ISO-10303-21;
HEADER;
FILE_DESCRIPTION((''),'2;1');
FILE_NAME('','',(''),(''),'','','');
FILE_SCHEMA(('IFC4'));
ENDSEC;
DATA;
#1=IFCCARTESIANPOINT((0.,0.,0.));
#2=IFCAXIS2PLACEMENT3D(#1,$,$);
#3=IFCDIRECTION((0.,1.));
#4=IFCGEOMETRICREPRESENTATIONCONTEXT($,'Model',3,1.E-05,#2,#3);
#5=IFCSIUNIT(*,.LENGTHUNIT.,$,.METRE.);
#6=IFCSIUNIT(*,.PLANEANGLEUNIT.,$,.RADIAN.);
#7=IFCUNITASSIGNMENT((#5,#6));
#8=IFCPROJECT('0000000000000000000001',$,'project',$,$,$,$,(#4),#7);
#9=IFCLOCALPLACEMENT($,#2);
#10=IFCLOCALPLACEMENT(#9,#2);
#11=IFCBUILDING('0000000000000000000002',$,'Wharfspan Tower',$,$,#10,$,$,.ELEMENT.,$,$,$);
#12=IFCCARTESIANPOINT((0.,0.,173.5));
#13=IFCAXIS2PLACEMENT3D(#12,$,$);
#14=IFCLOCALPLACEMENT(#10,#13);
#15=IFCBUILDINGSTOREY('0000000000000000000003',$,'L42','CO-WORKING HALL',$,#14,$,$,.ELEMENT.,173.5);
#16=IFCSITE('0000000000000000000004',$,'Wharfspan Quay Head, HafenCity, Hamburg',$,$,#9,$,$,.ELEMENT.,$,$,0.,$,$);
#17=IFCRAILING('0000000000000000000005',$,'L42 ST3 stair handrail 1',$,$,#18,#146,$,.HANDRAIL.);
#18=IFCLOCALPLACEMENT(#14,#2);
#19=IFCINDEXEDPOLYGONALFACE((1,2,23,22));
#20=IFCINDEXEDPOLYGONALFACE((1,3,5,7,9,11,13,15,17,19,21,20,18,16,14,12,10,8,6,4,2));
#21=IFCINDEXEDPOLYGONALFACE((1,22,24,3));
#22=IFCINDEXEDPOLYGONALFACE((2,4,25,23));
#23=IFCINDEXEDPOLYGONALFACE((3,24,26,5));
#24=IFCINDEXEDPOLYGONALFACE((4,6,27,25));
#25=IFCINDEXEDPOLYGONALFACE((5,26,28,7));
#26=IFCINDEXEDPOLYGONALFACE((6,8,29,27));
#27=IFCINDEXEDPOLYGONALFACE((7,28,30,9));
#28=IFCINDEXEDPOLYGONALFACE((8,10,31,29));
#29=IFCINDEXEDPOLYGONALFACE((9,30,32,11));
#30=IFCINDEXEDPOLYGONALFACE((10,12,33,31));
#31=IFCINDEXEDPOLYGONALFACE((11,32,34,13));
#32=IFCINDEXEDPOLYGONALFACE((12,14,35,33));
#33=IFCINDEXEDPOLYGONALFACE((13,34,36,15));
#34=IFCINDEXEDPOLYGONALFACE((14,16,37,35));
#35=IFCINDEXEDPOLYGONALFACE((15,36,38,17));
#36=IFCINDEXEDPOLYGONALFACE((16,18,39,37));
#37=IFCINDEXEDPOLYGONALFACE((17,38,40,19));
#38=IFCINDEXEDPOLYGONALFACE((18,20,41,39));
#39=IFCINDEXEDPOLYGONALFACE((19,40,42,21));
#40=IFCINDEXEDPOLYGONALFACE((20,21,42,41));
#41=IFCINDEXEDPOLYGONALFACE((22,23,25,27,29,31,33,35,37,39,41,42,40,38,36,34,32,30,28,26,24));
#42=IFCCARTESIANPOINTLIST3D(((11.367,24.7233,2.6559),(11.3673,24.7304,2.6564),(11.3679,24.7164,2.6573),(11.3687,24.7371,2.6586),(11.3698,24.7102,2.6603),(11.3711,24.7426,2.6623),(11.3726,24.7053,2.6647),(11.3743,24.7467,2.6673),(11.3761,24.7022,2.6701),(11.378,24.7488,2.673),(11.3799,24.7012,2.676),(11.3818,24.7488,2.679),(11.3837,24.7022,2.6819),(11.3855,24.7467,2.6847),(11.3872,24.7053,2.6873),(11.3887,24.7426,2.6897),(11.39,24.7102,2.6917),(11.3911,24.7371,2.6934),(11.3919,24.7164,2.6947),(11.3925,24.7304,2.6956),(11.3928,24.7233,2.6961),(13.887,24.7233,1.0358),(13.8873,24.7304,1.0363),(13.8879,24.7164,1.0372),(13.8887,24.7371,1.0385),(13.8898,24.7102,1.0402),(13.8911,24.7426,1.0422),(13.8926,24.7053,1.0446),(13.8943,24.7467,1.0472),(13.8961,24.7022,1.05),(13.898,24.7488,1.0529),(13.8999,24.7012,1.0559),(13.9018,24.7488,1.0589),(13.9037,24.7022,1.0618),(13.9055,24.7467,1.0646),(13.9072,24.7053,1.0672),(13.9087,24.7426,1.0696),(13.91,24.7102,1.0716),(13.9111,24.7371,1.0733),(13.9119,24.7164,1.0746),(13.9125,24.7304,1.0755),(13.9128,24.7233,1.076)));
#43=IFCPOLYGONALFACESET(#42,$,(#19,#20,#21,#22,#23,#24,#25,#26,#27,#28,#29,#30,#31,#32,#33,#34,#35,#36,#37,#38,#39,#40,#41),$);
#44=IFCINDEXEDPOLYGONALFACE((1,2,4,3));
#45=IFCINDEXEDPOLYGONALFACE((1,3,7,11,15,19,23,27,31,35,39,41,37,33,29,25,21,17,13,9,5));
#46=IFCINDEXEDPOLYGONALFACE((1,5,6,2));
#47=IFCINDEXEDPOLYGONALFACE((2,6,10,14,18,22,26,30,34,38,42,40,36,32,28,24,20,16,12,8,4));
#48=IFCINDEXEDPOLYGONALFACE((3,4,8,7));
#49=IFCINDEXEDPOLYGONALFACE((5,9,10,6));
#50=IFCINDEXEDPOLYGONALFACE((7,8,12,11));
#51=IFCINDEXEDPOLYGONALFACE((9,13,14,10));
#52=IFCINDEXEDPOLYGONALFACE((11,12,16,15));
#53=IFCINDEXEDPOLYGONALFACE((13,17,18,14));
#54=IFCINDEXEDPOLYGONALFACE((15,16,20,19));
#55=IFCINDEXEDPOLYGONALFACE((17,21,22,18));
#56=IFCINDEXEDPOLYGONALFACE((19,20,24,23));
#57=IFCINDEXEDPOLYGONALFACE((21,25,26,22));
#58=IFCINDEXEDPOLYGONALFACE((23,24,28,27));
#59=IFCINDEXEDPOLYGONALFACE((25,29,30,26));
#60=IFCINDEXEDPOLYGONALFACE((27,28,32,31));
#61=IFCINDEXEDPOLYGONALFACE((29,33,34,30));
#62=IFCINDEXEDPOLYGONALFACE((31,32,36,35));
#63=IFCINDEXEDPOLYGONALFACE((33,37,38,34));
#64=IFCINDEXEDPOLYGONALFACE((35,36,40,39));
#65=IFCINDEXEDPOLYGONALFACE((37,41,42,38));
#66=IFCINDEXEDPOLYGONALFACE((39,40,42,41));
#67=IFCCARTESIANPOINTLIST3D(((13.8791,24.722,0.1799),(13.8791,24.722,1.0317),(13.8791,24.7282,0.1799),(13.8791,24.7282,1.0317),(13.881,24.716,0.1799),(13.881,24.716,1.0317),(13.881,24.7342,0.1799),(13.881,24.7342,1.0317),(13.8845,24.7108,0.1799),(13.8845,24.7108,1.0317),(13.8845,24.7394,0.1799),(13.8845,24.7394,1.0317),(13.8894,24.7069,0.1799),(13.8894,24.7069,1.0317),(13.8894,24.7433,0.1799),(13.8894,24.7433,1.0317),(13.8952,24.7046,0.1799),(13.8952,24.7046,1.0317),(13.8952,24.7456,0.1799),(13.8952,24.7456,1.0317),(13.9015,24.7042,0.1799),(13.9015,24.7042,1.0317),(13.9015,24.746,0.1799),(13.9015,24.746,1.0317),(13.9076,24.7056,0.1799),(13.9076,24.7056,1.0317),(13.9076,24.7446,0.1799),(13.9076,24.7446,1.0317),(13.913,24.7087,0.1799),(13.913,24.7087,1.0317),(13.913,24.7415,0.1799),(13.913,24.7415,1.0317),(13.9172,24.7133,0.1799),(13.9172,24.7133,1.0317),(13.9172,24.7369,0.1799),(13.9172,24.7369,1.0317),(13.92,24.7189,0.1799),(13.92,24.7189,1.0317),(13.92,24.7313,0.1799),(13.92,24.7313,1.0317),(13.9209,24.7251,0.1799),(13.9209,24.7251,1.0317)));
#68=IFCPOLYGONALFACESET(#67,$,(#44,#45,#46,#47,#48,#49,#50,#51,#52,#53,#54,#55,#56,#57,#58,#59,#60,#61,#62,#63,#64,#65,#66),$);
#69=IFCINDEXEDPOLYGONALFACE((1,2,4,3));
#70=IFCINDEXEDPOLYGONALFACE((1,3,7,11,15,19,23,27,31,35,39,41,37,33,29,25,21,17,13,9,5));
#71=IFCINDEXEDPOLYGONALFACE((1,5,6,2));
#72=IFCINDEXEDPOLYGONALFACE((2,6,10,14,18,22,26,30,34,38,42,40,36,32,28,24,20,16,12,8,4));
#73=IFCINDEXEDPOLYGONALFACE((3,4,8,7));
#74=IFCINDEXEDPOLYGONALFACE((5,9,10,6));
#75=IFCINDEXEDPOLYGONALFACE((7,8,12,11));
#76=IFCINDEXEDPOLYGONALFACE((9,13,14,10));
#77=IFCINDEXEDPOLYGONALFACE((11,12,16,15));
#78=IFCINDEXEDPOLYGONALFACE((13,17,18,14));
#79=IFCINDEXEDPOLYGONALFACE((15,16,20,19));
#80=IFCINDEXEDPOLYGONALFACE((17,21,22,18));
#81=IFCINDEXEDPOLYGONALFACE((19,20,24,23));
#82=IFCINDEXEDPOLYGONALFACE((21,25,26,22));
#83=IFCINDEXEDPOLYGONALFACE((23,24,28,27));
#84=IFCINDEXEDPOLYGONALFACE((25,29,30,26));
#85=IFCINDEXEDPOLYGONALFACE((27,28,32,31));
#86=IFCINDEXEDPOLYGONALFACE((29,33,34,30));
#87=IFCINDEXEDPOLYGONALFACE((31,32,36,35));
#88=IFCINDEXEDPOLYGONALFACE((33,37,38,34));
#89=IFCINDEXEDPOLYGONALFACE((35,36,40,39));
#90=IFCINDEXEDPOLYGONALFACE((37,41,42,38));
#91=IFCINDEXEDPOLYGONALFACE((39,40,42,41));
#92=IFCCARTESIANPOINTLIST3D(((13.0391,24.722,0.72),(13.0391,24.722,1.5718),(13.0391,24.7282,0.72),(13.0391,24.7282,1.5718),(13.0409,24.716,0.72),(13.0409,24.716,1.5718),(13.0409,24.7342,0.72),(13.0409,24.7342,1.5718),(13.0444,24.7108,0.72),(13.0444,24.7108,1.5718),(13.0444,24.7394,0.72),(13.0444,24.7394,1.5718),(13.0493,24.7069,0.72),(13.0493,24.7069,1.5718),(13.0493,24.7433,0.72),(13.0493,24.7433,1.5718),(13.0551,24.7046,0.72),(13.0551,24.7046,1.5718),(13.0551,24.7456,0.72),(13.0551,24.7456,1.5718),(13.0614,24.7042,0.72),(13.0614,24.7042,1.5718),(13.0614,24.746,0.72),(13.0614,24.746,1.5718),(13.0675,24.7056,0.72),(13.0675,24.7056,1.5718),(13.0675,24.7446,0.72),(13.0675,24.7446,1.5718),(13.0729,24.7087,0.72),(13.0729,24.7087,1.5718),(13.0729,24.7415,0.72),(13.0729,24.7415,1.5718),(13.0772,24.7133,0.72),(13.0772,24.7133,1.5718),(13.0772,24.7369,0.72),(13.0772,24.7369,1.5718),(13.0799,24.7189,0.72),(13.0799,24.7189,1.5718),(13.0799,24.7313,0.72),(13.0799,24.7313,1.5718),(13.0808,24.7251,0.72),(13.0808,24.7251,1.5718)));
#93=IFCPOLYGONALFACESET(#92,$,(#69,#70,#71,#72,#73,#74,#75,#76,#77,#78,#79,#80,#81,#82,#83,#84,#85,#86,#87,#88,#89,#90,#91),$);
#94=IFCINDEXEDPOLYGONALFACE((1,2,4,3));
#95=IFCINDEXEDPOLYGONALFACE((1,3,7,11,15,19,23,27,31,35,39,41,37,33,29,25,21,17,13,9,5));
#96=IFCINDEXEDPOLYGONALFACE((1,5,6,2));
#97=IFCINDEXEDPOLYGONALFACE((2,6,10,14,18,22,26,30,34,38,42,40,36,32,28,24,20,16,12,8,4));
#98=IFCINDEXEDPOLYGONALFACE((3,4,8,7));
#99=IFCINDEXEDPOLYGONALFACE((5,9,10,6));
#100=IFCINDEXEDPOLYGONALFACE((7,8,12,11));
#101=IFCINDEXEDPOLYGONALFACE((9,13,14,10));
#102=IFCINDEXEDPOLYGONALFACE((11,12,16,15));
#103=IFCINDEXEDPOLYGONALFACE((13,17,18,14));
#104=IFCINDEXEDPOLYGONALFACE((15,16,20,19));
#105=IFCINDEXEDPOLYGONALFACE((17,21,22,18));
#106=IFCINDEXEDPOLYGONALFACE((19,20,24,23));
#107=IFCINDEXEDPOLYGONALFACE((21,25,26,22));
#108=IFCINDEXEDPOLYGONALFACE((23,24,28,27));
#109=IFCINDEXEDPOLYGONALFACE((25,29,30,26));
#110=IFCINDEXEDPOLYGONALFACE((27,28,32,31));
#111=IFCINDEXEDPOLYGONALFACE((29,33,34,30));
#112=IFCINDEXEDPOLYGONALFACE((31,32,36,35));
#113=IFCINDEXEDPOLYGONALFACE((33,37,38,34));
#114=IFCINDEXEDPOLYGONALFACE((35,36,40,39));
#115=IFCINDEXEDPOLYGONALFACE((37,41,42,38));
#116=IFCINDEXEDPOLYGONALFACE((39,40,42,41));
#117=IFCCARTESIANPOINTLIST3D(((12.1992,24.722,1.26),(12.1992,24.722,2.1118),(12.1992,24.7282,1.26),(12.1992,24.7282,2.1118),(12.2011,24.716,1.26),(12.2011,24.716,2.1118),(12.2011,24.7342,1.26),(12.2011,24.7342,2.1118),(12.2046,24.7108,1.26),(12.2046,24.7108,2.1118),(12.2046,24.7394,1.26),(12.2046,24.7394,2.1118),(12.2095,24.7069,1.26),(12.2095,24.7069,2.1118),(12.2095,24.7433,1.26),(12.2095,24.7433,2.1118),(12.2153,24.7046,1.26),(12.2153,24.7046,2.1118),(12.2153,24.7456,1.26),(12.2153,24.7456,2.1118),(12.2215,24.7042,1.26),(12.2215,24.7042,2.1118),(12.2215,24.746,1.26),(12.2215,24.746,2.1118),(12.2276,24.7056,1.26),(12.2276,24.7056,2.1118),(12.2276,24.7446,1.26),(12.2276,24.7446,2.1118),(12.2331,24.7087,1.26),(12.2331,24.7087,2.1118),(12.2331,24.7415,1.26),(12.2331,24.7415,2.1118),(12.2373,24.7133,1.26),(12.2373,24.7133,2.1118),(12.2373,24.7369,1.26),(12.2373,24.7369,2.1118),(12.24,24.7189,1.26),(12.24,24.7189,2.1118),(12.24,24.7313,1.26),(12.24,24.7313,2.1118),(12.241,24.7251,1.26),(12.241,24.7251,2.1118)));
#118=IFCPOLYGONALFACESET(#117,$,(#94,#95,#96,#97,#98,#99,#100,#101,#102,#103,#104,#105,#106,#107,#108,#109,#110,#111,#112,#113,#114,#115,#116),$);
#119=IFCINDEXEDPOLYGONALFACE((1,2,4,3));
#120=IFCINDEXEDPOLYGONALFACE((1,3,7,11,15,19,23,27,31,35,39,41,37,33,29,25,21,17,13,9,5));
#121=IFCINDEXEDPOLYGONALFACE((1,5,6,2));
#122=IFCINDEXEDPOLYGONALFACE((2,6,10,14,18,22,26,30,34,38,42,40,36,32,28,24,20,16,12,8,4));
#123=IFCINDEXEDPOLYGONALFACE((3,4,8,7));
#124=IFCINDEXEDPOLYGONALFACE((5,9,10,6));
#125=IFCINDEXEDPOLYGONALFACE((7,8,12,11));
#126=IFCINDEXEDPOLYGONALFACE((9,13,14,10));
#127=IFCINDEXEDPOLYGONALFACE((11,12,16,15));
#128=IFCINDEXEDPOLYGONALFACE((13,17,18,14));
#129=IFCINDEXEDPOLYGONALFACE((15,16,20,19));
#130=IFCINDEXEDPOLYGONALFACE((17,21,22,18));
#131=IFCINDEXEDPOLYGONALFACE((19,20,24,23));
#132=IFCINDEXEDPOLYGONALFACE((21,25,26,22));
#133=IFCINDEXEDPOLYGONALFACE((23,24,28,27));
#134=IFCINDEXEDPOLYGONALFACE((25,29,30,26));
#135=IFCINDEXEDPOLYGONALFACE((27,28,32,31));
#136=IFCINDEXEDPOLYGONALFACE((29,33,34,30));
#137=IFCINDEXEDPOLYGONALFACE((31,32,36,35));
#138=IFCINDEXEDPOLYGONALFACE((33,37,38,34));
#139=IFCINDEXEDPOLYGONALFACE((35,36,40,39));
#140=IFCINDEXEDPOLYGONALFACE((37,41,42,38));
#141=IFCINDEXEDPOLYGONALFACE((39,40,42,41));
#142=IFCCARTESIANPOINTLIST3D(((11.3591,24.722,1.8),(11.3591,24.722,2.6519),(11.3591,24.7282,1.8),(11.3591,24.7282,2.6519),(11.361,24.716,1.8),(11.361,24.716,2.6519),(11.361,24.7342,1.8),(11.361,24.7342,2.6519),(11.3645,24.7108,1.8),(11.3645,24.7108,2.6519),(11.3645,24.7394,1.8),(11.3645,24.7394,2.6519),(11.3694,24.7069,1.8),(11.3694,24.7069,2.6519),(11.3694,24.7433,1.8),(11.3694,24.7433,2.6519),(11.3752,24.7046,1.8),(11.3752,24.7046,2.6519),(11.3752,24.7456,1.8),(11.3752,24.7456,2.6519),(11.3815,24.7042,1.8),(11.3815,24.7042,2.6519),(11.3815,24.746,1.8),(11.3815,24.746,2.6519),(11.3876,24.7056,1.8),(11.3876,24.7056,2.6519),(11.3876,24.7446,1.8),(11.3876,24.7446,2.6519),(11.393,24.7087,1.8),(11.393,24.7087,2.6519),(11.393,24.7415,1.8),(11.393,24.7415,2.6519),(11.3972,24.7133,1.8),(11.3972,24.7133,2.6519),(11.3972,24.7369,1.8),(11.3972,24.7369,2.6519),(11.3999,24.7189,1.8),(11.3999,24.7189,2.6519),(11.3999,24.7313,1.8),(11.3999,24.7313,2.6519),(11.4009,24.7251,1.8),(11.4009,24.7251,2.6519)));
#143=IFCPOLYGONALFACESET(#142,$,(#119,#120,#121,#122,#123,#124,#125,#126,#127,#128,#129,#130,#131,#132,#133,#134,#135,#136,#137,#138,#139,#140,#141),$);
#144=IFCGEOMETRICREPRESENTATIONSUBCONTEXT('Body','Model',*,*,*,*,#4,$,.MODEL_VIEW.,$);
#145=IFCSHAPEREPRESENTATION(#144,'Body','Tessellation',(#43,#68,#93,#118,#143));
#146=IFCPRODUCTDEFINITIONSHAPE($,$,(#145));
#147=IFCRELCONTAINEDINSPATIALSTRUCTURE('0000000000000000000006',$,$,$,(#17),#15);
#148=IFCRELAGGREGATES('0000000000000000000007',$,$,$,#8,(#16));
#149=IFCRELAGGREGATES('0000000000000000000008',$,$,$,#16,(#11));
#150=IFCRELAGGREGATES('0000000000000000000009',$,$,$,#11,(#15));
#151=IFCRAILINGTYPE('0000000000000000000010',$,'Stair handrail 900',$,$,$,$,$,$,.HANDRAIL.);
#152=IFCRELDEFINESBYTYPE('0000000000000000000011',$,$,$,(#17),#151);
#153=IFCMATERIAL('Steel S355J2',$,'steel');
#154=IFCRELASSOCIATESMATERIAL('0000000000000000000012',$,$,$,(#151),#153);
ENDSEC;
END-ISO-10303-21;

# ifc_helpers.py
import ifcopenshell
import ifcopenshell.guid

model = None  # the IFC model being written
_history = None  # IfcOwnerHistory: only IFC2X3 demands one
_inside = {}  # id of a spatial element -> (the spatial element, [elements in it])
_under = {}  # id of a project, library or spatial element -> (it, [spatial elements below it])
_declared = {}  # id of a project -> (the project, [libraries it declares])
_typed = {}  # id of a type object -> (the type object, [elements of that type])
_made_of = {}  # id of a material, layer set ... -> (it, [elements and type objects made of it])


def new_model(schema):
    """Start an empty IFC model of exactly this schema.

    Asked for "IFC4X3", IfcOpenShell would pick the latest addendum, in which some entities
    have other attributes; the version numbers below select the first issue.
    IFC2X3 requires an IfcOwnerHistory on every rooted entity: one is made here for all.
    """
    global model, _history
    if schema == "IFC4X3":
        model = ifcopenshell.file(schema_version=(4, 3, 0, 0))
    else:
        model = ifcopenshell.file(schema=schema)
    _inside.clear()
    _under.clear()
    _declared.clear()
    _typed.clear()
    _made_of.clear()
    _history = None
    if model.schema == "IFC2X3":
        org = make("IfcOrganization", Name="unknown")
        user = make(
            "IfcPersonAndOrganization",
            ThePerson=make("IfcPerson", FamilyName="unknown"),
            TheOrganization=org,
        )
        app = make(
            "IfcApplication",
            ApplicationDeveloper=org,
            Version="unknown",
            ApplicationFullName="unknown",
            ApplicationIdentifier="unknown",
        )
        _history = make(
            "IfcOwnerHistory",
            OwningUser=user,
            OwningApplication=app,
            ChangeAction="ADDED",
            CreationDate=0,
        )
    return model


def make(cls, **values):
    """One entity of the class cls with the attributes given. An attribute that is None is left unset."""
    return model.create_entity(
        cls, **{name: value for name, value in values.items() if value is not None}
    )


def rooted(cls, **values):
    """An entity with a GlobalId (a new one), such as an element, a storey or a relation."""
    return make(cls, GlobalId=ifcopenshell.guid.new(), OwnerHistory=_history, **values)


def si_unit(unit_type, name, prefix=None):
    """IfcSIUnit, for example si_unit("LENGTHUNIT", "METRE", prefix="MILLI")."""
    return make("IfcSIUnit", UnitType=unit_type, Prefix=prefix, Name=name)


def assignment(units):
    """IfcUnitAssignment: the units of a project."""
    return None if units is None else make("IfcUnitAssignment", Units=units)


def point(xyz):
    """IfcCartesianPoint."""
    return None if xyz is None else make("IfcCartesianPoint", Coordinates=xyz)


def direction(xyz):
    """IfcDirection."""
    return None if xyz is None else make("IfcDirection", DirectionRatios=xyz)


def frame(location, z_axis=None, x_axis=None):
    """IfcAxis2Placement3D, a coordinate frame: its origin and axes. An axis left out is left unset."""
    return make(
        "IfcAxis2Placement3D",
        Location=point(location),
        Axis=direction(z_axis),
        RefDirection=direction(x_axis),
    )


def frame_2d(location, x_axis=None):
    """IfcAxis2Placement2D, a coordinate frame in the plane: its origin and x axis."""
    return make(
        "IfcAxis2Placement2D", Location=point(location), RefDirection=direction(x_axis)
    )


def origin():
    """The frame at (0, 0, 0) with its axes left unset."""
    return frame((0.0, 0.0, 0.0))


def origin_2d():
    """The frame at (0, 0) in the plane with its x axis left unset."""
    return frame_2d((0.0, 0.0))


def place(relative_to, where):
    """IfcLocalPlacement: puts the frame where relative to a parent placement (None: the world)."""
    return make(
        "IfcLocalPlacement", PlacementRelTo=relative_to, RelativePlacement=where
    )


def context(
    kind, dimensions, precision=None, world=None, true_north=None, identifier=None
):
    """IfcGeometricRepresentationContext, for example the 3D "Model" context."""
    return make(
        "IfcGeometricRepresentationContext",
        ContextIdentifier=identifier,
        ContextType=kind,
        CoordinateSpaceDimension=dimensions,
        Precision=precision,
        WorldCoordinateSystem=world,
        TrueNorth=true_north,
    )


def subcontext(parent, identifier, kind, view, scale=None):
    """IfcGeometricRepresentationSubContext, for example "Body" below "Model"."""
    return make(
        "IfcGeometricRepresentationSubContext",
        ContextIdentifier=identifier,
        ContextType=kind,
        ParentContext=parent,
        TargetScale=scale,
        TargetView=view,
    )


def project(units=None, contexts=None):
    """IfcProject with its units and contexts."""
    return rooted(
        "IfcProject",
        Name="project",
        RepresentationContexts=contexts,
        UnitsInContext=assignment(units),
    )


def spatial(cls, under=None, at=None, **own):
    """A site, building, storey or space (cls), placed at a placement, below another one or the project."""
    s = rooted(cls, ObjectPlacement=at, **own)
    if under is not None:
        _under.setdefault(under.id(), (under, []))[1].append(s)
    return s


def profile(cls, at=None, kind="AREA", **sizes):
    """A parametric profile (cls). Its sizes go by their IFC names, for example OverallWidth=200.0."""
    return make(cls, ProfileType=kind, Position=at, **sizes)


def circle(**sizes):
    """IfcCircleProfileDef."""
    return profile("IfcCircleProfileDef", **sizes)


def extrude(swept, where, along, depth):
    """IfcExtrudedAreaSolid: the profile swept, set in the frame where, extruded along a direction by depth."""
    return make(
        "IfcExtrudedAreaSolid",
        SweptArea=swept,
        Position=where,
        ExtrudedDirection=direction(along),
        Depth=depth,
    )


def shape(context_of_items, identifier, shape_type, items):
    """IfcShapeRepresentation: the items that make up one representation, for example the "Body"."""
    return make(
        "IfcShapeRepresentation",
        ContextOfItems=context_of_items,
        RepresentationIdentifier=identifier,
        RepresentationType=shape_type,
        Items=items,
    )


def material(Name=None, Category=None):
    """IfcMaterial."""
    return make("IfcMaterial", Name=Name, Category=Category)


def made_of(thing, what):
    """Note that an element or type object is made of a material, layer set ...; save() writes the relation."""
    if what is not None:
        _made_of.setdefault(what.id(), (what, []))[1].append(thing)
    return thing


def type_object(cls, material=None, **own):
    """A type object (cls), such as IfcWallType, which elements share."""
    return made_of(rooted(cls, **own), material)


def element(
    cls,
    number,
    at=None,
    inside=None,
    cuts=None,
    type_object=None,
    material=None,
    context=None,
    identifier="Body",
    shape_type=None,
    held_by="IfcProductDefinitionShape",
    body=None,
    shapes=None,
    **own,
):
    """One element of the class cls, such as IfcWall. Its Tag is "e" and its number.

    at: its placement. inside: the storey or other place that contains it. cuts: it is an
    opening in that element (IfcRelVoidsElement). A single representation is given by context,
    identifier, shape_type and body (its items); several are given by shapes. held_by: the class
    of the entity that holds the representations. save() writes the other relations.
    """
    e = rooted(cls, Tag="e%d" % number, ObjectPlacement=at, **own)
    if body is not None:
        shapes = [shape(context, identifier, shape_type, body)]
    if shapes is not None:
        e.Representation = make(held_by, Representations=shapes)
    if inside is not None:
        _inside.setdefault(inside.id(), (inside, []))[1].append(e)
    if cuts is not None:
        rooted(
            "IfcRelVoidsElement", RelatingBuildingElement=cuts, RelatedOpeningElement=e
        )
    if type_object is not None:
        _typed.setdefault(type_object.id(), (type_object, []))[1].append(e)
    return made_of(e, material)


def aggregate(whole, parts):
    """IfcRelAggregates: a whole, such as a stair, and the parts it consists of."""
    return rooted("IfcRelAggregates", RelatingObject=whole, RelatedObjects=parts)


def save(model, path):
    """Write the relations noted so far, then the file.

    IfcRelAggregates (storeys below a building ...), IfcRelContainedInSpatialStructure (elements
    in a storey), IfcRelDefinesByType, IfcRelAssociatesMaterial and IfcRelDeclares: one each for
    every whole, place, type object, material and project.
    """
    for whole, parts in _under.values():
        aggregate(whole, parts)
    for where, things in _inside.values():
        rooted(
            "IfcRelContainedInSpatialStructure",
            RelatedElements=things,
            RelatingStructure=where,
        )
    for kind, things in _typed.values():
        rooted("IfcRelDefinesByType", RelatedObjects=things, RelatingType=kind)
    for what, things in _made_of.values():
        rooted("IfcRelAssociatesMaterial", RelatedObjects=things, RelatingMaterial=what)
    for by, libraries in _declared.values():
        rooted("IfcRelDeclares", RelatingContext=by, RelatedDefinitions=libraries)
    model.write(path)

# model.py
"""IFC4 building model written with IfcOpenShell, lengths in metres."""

from ifc_helpers import new_model, si_unit, direction, frame, origin, origin_2d, place, context, subcontext, project, spatial, circle, extrude, material, type_object, element, save


model = new_model("IFC4")

# Units and contexts
model_context = context("Model", 3, precision=1e-05, world=origin(), true_north=direction((0.0, 1.0)))
body_context = subcontext(model_context, "Body", "Model", "MODEL_VIEW")
ifc_project = project(units=[si_unit("LENGTHUNIT", "METRE"), si_unit("PLANEANGLEUNIT", "RADIAN")], contexts=[model_context])

# Site, building, storey
site_placement = place(None, origin())
site = spatial("IfcSite", under=ifc_project, at=site_placement, Name="Wharfspan Quay Head, HafenCity, Hamburg", CompositionType="ELEMENT", RefElevation=0.0)
building_placement = place(site_placement, origin())
building = spatial("IfcBuilding", under=site, at=building_placement, Name="Wharfspan Tower", CompositionType="ELEMENT")
storey_placement = place(building_placement, frame((0.0, 0.0, 173.5)))
storey = spatial("IfcBuildingStorey", under=building, at=storey_placement, Name="L42", Description="CO-WORKING HALL", CompositionType="ELEMENT", Elevation=173.5)

# Railing
ifc_material_1 = material(Name="Steel S355J2", Category="steel")
railing_type_1 = type_object("IfcRailingType", Name="Stair handrail 900", PredefinedType="HANDRAIL", material=ifc_material_1)
railing_1_placement = place(storey_placement, frame((13.8999, 24.7251, 0.1799)))
element("IfcRailing", 1, at=railing_1_placement, inside=storey, type_object=railing_type_1, Name="L42 ST3 stair handrail 1", PredefinedType="HANDRAIL", context=body_context, shape_type="SweptSolid", body=[
    extrude(circle(Radius=0.0239, at=origin_2d()), frame((0.0, 0.0, 0.876), z_axis=(-0.841163, 0.0, 0.540782), x_axis=(0.0, -1.0, 0.0)), (0.0, 0.0, 1.0), 2.9958),
    extrude(circle(Radius=0.021, at=origin_2d()), origin(), (0.0, 0.0, 1.0), 0.8518),
    extrude(circle(Radius=0.021, at=origin_2d()), frame((-0.8401, 0.0, 0.54)), (0.0, 0.0, 1.0), 0.8518),
    extrude(circle(Radius=0.021, at=origin_2d()), frame((-1.6799, 0.0, 1.0801)), (0.0, 0.0, 1.0), 0.8518),
    extrude(circle(Radius=0.021, at=origin_2d()), frame((-2.52, 0.0, 1.6201)), (0.0, 0.0, 1.0), 0.8518),
])

save(model, "model.ifc")
